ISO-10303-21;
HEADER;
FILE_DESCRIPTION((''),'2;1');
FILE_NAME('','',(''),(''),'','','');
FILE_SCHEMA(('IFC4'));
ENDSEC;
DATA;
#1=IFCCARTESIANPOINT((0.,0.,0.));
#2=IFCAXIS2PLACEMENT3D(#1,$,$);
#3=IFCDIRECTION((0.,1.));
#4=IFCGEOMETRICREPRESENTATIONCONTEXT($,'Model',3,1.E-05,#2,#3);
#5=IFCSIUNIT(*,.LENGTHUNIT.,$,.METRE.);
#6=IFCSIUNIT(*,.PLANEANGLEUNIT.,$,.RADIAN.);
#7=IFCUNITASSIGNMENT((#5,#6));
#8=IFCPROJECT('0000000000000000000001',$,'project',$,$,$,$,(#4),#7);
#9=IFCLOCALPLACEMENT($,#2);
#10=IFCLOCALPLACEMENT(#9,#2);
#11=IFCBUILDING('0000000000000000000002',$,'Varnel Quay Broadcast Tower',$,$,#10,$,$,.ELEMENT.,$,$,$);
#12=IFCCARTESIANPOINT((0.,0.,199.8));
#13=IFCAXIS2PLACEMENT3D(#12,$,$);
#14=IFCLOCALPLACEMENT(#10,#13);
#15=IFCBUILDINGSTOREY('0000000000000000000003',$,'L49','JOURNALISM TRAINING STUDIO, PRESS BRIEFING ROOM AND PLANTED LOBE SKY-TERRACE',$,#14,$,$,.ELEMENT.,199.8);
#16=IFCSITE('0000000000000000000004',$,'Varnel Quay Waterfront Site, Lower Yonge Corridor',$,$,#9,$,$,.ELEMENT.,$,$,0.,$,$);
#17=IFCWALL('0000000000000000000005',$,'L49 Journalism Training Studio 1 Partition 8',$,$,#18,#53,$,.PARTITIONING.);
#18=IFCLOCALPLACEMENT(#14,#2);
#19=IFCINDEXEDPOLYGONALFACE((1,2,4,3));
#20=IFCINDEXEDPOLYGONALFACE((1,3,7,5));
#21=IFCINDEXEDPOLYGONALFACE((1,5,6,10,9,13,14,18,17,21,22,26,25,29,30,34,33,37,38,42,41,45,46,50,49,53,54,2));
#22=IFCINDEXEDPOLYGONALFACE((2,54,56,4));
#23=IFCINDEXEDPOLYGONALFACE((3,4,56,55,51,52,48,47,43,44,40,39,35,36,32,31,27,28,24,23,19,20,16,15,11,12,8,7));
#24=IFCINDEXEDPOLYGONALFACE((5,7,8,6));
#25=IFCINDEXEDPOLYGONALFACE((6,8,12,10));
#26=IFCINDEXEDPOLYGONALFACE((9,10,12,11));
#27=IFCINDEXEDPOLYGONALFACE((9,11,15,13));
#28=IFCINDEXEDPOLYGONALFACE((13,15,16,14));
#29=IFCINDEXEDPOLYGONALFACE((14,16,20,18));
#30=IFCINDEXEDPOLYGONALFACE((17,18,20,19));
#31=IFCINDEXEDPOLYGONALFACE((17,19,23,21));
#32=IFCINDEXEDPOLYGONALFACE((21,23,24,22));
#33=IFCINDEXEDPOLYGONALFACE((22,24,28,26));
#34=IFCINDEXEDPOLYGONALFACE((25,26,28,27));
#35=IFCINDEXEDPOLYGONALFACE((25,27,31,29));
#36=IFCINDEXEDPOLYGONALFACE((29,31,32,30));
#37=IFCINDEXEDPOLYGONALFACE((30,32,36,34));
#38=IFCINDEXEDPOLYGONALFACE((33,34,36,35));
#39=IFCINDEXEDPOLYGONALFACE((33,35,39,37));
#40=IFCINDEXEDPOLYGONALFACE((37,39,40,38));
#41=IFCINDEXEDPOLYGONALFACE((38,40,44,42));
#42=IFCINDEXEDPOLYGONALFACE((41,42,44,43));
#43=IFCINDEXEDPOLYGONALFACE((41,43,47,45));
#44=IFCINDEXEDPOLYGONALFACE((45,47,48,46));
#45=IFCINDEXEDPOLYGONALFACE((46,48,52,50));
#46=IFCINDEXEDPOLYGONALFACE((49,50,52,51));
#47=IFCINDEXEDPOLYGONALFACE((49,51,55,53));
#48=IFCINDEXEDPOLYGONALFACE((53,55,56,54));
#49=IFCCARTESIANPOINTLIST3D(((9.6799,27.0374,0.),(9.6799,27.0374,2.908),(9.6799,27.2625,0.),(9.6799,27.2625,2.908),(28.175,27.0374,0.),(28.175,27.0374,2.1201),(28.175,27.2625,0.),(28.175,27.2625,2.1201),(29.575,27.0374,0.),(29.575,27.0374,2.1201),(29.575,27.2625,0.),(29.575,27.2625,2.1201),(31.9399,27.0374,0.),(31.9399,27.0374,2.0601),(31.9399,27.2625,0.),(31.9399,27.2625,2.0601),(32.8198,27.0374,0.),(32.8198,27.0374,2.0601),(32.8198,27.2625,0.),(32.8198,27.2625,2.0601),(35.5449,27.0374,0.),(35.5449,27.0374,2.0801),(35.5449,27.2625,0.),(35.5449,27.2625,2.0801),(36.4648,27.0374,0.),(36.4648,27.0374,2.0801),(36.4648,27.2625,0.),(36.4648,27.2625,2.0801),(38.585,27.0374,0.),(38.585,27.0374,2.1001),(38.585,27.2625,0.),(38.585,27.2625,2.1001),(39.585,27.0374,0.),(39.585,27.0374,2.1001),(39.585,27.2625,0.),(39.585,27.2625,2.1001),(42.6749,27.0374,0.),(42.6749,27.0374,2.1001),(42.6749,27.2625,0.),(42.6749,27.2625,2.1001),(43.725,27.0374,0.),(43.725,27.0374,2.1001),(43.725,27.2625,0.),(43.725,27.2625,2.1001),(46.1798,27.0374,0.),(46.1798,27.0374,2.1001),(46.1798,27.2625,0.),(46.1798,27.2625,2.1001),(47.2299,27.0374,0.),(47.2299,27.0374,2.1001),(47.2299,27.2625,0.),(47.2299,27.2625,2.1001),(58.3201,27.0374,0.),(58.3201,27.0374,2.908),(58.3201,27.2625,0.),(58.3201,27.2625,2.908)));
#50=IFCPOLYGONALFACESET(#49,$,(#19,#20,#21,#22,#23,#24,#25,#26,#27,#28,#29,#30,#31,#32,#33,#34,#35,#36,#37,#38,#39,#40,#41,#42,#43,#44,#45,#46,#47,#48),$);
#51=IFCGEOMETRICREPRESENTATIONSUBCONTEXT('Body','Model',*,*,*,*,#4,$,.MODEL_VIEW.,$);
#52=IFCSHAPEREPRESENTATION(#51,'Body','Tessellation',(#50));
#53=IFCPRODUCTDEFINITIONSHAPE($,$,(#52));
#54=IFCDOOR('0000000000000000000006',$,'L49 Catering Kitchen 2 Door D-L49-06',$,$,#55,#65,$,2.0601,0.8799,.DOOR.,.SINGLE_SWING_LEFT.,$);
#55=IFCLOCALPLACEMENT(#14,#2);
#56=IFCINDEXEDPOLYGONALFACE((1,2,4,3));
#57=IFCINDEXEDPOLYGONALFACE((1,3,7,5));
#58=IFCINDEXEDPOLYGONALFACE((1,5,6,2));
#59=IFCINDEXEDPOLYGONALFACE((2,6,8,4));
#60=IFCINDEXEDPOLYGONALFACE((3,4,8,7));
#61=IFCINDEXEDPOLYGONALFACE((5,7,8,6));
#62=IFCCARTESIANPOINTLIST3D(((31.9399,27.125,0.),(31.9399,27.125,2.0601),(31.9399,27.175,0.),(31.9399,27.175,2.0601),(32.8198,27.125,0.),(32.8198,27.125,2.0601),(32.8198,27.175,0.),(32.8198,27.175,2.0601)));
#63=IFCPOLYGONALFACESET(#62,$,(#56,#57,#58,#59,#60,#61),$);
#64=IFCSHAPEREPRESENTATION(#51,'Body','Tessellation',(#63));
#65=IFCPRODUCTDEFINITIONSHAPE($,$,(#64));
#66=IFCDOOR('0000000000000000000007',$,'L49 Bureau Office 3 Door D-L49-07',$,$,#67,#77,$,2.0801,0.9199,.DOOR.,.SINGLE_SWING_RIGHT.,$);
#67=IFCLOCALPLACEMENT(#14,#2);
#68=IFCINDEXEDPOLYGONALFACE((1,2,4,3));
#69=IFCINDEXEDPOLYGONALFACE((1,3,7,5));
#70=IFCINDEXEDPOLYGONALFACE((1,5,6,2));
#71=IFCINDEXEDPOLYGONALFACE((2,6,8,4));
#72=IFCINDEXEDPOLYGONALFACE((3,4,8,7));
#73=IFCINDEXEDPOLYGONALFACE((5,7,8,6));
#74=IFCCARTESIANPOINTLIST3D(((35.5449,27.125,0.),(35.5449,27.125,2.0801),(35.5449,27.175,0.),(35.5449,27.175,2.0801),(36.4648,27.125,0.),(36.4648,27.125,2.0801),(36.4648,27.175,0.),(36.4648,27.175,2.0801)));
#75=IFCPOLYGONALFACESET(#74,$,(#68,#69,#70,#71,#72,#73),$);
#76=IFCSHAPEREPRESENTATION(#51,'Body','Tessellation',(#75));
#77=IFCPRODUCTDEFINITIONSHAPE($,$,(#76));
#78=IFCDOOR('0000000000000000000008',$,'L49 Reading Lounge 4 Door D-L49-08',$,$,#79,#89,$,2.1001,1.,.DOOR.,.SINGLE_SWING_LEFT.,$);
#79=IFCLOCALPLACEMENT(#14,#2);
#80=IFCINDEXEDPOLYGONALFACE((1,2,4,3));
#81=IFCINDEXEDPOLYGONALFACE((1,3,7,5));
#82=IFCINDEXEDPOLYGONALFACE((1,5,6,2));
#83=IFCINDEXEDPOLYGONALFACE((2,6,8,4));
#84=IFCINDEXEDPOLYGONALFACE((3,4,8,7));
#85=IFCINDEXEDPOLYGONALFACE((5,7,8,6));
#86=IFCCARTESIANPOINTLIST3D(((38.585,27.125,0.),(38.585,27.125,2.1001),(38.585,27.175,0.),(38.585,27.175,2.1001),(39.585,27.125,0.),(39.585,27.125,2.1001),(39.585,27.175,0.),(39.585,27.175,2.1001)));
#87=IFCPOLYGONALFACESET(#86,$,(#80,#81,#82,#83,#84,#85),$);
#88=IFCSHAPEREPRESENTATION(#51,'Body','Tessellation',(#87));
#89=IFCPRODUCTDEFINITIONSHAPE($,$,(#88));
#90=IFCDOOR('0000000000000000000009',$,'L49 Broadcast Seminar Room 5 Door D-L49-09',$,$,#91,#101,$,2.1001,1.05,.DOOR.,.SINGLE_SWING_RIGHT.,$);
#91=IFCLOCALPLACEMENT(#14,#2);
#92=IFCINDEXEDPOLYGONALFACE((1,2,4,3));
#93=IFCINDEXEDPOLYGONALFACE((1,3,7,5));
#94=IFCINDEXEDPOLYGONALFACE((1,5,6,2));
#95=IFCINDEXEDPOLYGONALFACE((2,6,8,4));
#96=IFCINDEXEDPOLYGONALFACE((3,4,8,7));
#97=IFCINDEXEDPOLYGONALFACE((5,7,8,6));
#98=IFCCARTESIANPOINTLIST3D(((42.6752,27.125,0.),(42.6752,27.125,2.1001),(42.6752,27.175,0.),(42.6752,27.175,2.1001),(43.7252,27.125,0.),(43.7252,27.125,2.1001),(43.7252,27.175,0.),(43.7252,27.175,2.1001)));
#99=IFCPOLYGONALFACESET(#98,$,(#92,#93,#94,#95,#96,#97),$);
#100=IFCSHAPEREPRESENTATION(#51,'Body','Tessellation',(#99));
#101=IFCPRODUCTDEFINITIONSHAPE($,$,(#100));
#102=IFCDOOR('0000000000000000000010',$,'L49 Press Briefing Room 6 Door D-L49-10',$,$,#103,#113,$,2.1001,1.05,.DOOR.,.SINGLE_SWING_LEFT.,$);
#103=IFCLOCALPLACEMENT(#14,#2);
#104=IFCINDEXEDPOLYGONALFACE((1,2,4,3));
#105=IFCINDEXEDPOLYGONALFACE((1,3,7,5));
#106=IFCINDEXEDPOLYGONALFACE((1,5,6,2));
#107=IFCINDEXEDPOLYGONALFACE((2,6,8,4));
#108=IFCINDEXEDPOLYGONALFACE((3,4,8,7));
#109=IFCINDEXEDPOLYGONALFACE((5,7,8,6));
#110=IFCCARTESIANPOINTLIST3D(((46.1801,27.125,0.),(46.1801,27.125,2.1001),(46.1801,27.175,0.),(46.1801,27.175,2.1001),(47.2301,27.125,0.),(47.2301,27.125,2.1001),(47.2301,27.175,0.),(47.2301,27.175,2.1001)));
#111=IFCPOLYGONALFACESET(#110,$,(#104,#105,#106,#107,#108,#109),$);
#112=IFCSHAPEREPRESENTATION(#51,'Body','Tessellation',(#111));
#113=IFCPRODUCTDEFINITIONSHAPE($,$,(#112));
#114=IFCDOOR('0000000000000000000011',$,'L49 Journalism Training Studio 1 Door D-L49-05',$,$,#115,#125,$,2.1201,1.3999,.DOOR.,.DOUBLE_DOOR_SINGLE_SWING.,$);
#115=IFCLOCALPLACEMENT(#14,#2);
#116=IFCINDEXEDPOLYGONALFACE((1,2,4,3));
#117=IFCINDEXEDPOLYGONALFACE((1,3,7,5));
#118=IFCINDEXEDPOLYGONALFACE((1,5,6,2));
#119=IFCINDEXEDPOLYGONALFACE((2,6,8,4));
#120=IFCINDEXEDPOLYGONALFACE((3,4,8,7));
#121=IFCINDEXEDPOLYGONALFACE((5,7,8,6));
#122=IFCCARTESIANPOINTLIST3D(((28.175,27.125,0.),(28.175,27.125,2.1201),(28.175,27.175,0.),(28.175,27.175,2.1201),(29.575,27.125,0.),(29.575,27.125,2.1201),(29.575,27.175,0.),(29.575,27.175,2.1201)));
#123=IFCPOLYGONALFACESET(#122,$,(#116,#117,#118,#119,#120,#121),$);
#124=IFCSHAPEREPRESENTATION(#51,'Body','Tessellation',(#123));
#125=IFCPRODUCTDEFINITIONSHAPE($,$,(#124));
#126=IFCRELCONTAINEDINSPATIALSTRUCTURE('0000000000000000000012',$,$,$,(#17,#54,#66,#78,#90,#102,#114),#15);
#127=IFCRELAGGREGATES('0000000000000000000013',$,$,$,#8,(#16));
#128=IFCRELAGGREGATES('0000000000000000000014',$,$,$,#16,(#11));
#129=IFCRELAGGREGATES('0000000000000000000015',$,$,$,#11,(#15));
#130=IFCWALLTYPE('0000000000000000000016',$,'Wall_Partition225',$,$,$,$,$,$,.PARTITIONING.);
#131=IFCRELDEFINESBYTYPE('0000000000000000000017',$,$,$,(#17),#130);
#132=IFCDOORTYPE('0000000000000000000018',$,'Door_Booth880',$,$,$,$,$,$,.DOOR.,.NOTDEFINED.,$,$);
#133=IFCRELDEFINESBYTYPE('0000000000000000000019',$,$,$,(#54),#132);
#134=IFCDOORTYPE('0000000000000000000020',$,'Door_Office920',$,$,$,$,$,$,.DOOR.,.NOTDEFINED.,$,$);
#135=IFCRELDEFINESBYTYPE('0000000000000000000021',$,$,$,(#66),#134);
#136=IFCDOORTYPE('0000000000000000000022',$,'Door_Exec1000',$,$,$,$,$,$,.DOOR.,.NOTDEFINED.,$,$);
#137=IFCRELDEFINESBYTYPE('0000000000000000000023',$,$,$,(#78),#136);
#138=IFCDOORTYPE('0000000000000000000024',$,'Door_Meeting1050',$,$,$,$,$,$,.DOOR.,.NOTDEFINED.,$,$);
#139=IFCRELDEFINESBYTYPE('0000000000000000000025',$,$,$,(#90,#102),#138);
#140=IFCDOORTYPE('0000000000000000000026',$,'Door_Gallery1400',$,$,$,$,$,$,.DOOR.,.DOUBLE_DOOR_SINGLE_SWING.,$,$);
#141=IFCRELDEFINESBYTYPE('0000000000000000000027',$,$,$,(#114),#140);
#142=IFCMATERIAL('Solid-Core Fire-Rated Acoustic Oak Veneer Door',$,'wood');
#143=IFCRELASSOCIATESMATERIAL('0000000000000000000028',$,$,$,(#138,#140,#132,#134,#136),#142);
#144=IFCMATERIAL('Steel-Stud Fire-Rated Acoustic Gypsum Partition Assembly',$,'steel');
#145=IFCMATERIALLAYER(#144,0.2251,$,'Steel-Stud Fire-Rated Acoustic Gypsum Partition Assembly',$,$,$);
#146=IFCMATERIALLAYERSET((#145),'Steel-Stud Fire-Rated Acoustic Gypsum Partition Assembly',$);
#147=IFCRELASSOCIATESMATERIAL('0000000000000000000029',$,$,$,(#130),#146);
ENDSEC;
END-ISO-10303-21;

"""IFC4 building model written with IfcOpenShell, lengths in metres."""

from ifc_helpers import new_model, si_unit, direction, frame, frame_2d, origin, place, context, subcontext, project, spatial, rectangle, extrude, source, transform, mapped, material, layer, layer_set, type_object, type_shapes, element, fill, save


model = new_model("IFC4")

# Units and contexts
model_context = context("Model", 3, precision=1e-05, world=origin(), true_north=direction((0.0, 1.0)))
body_context = subcontext(model_context, "Body", "Model", "MODEL_VIEW")
ifc_project = project(units=[si_unit("LENGTHUNIT", "METRE"), si_unit("PLANEANGLEUNIT", "RADIAN")], contexts=[model_context])

# Site, building, storey
site_placement = place(None, origin())
site = spatial("IfcSite", under=ifc_project, at=site_placement, Name="Varnel Quay Waterfront Site, Lower Yonge Corridor", CompositionType="ELEMENT", RefElevation=0.0)
building_placement = place(site_placement, origin())
building = spatial("IfcBuilding", under=site, at=building_placement, Name="Varnel Quay Broadcast Tower", CompositionType="ELEMENT")
storey_placement = place(building_placement, frame((0.0, 0.0, 199.8)))
storey = spatial("IfcBuildingStorey", under=building, at=storey_placement, Name="L49", Description="JOURNALISM TRAINING STUDIO, PRESS BRIEFING ROOM AND PLANTED LOBE SKY-TERRACE", CompositionType="ELEMENT", Elevation=199.8)

# Wall, openings, doors
ifc_material_1 = material(Name="Steel-Stud Fire-Rated Acoustic Gypsum Partition Assembly", Category="steel")
ifc_material_2 = material(Name="Solid-Core Fire-Rated Acoustic Oak Veneer Door", Category="wood")
door_type_1 = type_object("IfcDoorType", Name="Door_Meeting1050", OperationType="NOTDEFINED", PredefinedType="DOOR", material=ifc_material_2)
shared_shape_1 = source(origin(), body_context, "Body", "SweptSolid", [
    extrude(rectangle(XDim=1.05, YDim=2.1001, at=frame_2d((0.5249, 1.05))), frame((0.0, 0.0249, 0.0), z_axis=(0.0, -1.0, 0.0), x_axis=(1.0, 0.0, 0.0)), (0.0, 0.0, 1.0), 0.05),
])
type_shapes(door_type_1, [shared_shape_1])
door_type_2 = type_object("IfcDoorType", Name="Door_Gallery1400", OperationType="DOUBLE_DOOR_SINGLE_SWING", PredefinedType="DOOR", material=ifc_material_2)
shared_shape_2 = source(origin(), body_context, "Body", "SweptSolid", [
    extrude(rectangle(XDim=1.3999, YDim=2.1201, at=frame_2d((0.7, 1.0601))), frame((0.0, 0.0249, 0.0), z_axis=(0.0, -1.0, 0.0), x_axis=(1.0, 0.0, 0.0)), (0.0, 0.0, 1.0), 0.05),
])
type_shapes(door_type_2, [shared_shape_2])
ifc_layer_1 = layer(ifc_material_1, 0.2251, Name="Steel-Stud Fire-Rated Acoustic Gypsum Partition Assembly")
ifc_layer_set_1 = layer_set([ifc_layer_1], Name="Steel-Stud Fire-Rated Acoustic Gypsum Partition Assembly")
wall_type_1 = type_object("IfcWallType", Name="Wall_Partition225", PredefinedType="PARTITIONING", material=ifc_layer_set_1)
wall_1_placement = place(storey_placement, frame((9.6799, 27.1499, 0.0), z_axis=(0.0, 0.0, 1.0), x_axis=(1.0, 0.0, 0.0)))
wall_1 = element("IfcWall", 1, at=wall_1_placement, inside=storey, type_object=wall_type_1, Name="L49 Journalism Training Studio 1 Partition 8", PredefinedType="PARTITIONING", context=body_context, shape_type="SweptSolid", body=[
    extrude(rectangle(XDim=48.6401, YDim=0.2251, at=frame_2d((24.3201, 0.0))), origin(), (0.0, 0.0, 1.0), 2.908),
])
opening_1_placement = place(wall_1_placement, frame((18.4951, 0.0, 0.0)))
opening_1 = element("IfcOpeningElement", 2, at=opening_1_placement, cuts=wall_1, PredefinedType="OPENING", context=body_context, shape_type="SweptSolid", body=[
    extrude(rectangle(XDim=1.3999, YDim=2.1201, at=frame_2d((0.7, 1.0601))), frame((0.0, 0.1226, 0.0), z_axis=(0.0, -1.0, 0.0), x_axis=(1.0, 0.0, 0.0)), (0.0, 0.0, 1.0), 0.2451),
])
opening_2_placement = place(wall_1_placement, frame((22.26, 0.0, 0.0)))
opening_2 = element("IfcOpeningElement", 3, at=opening_2_placement, cuts=wall_1, PredefinedType="OPENING", context=body_context, shape_type="SweptSolid", body=[
    extrude(rectangle(XDim=0.8799, YDim=2.0601, at=frame_2d((0.4399, 1.03))), frame((0.0, 0.1226, 0.0), z_axis=(0.0, -1.0, 0.0), x_axis=(1.0, 0.0, 0.0)), (0.0, 0.0, 1.0), 0.2451),
])
opening_3_placement = place(wall_1_placement, frame((25.865, 0.0, 0.0)))
opening_3 = element("IfcOpeningElement", 4, at=opening_3_placement, cuts=wall_1, PredefinedType="OPENING", context=body_context, shape_type="SweptSolid", body=[
    extrude(rectangle(XDim=0.9199, YDim=2.0801, at=frame_2d((0.46, 1.04))), frame((0.0, 0.1226, 0.0), z_axis=(0.0, -1.0, 0.0), x_axis=(1.0, 0.0, 0.0)), (0.0, 0.0, 1.0), 0.2451),
])
opening_4_placement = place(wall_1_placement, frame((28.905, 0.0, 0.0)))
opening_4 = element("IfcOpeningElement", 5, at=opening_4_placement, cuts=wall_1, PredefinedType="OPENING", context=body_context, shape_type="SweptSolid", body=[
    extrude(rectangle(XDim=1.0, YDim=2.1001, at=frame_2d((0.5, 1.05))), frame((0.0, 0.1226, 0.0), z_axis=(0.0, -1.0, 0.0), x_axis=(1.0, 0.0, 0.0)), (0.0, 0.0, 1.0), 0.2451),
])
opening_5_placement = place(wall_1_placement, frame((32.9951, 0.0, 0.0)))
opening_5 = element("IfcOpeningElement", 6, at=opening_5_placement, cuts=wall_1, PredefinedType="OPENING", context=body_context, shape_type="SweptSolid", body=[
    extrude(rectangle(XDim=1.05, YDim=2.1001, at=frame_2d((0.5249, 1.05))), frame((0.0, 0.1226, 0.0), z_axis=(0.0, -1.0, 0.0), x_axis=(1.0, 0.0, 0.0)), (0.0, 0.0, 1.0), 0.2451),
])
opening_6_placement = place(wall_1_placement, frame((36.5, 0.0, 0.0)))
opening_6 = element("IfcOpeningElement", 7, at=opening_6_placement, cuts=wall_1, PredefinedType="OPENING", context=body_context, shape_type="SweptSolid", body=[
    extrude(rectangle(XDim=1.05, YDim=2.1001, at=frame_2d((0.5249, 1.05))), frame((0.0, 0.1226, 0.0), z_axis=(0.0, -1.0, 0.0), x_axis=(1.0, 0.0, 0.0)), (0.0, 0.0, 1.0), 0.2451),
])
door_type_3 = type_object("IfcDoorType", Name="Door_Booth880", OperationType="NOTDEFINED", PredefinedType="DOOR", material=ifc_material_2)
shared_shape_3 = source(origin(), body_context, "Body", "SweptSolid", [
    extrude(rectangle(XDim=0.8799, YDim=2.0601, at=frame_2d((0.4399, 1.03))), frame((0.0, 0.0249, 0.0), z_axis=(0.0, -1.0, 0.0), x_axis=(1.0, 0.0, 0.0)), (0.0, 0.0, 1.0), 0.05),
])
type_shapes(door_type_3, [shared_shape_3])
door_1_placement = place(opening_2_placement, frame((0.8799, 0.0, 0.0), z_axis=(0.0, 0.0, 1.0), x_axis=(-1.0, 0.0, 0.0)))
door_1 = element("IfcDoor", 8, at=door_1_placement, inside=storey, type_object=door_type_3, Name="L49 Catering Kitchen 2 Door D-L49-06", OperationType="SINGLE_SWING_LEFT", OverallHeight=2.0601, OverallWidth=0.8799, PredefinedType="DOOR", context=body_context, shape_type="MappedRepresentation", body=[
    mapped(shared_shape_3, transform((0.0, 0.0, 0.0), x_axis=(1.0, 0.0, 0.0), y_axis=(0.0, 1.0, 0.0), z_axis=(0.0, 0.0, 1.0), scale=1.0)),
])
fill(opening_2, door_1)
door_type_4 = type_object("IfcDoorType", Name="Door_Office920", OperationType="NOTDEFINED", PredefinedType="DOOR", material=ifc_material_2)
shared_shape_4 = source(origin(), body_context, "Body", "SweptSolid", [
    extrude(rectangle(XDim=0.9199, YDim=2.0801, at=frame_2d((0.46, 1.04))), frame((0.0, 0.0249, 0.0), z_axis=(0.0, -1.0, 0.0), x_axis=(1.0, 0.0, 0.0)), (0.0, 0.0, 1.0), 0.05),
])
type_shapes(door_type_4, [shared_shape_4])
door_2_placement = place(opening_3_placement, frame((0.9199, 0.0, 0.0), z_axis=(0.0, 0.0, 1.0), x_axis=(-1.0, 0.0, 0.0)))
door_2 = element("IfcDoor", 9, at=door_2_placement, inside=storey, type_object=door_type_4, Name="L49 Bureau Office 3 Door D-L49-07", OperationType="SINGLE_SWING_RIGHT", OverallHeight=2.0801, OverallWidth=0.9199, PredefinedType="DOOR", context=body_context, shape_type="MappedRepresentation", body=[
    mapped(shared_shape_4, transform((0.0, 0.0, 0.0), x_axis=(1.0, 0.0, 0.0), y_axis=(0.0, 1.0, 0.0), z_axis=(0.0, 0.0, 1.0), scale=1.0)),
])
fill(opening_3, door_2)
door_type_5 = type_object("IfcDoorType", Name="Door_Exec1000", OperationType="NOTDEFINED", PredefinedType="DOOR", material=ifc_material_2)
shared_shape_5 = source(origin(), body_context, "Body", "SweptSolid", [
    extrude(rectangle(XDim=1.0, YDim=2.1001, at=frame_2d((0.5, 1.05))), frame((0.0, 0.0249, 0.0), z_axis=(0.0, -1.0, 0.0), x_axis=(1.0, 0.0, 0.0)), (0.0, 0.0, 1.0), 0.05),
])
type_shapes(door_type_5, [shared_shape_5])
door_3_placement = place(opening_4_placement, frame((1.0, 0.0, 0.0), z_axis=(0.0, 0.0, 1.0), x_axis=(-1.0, 0.0, 0.0)))
door_3 = element("IfcDoor", 10, at=door_3_placement, inside=storey, type_object=door_type_5, Name="L49 Reading Lounge 4 Door D-L49-08", OperationType="SINGLE_SWING_LEFT", OverallHeight=2.1001, OverallWidth=1.0, PredefinedType="DOOR", context=body_context, shape_type="MappedRepresentation", body=[
    mapped(shared_shape_5, transform((0.0, 0.0, 0.0), x_axis=(1.0, 0.0, 0.0), y_axis=(0.0, 1.0, 0.0), z_axis=(0.0, 0.0, 1.0), scale=1.0)),
])
fill(opening_4, door_3)
door_4_placement = place(opening_5_placement, frame((1.05, 0.0, 0.0), z_axis=(0.0, 0.0, 1.0), x_axis=(-1.0, 0.0, 0.0)))
door_4 = element("IfcDoor", 11, at=door_4_placement, inside=storey, type_object=door_type_1, Name="L49 Broadcast Seminar Room 5 Door D-L49-09", OperationType="SINGLE_SWING_RIGHT", OverallHeight=2.1001, OverallWidth=1.05, PredefinedType="DOOR", context=body_context, shape_type="MappedRepresentation", body=[
    mapped(shared_shape_1, transform((0.0, 0.0, 0.0), x_axis=(1.0, 0.0, 0.0), y_axis=(0.0, 1.0, 0.0), z_axis=(0.0, 0.0, 1.0), scale=1.0)),
])
fill(opening_5, door_4)
door_5_placement = place(opening_6_placement, frame((1.05, 0.0, 0.0), z_axis=(0.0, 0.0, 1.0), x_axis=(-1.0, 0.0, 0.0)))
door_5 = element("IfcDoor", 12, at=door_5_placement, inside=storey, type_object=door_type_1, Name="L49 Press Briefing Room 6 Door D-L49-10", OperationType="SINGLE_SWING_LEFT", OverallHeight=2.1001, OverallWidth=1.05, PredefinedType="DOOR", context=body_context, shape_type="MappedRepresentation", body=[
    mapped(shared_shape_1, transform((0.0, 0.0, 0.0), x_axis=(1.0, 0.0, 0.0), y_axis=(0.0, 1.0, 0.0), z_axis=(0.0, 0.0, 1.0), scale=1.0)),
])
fill(opening_6, door_5)
door_6_placement = place(opening_1_placement, frame((1.3999, 0.0, 0.0), z_axis=(0.0, 0.0, 1.0), x_axis=(-1.0, 0.0, 0.0)))
door_6 = element("IfcDoor", 13, at=door_6_placement, inside=storey, type_object=door_type_2, Name="L49 Journalism Training Studio 1 Door D-L49-05", OperationType="DOUBLE_DOOR_SINGLE_SWING", OverallHeight=2.1201, OverallWidth=1.3999, PredefinedType="DOOR", context=body_context, shape_type="MappedRepresentation", body=[
    mapped(shared_shape_2, transform((0.0, 0.0, 0.0), x_axis=(1.0, 0.0, 0.0), y_axis=(0.0, 1.0, 0.0), z_axis=(0.0, 0.0, 1.0), scale=1.0)),
])
fill(opening_1, door_6)

save(model, "model.ifc")
